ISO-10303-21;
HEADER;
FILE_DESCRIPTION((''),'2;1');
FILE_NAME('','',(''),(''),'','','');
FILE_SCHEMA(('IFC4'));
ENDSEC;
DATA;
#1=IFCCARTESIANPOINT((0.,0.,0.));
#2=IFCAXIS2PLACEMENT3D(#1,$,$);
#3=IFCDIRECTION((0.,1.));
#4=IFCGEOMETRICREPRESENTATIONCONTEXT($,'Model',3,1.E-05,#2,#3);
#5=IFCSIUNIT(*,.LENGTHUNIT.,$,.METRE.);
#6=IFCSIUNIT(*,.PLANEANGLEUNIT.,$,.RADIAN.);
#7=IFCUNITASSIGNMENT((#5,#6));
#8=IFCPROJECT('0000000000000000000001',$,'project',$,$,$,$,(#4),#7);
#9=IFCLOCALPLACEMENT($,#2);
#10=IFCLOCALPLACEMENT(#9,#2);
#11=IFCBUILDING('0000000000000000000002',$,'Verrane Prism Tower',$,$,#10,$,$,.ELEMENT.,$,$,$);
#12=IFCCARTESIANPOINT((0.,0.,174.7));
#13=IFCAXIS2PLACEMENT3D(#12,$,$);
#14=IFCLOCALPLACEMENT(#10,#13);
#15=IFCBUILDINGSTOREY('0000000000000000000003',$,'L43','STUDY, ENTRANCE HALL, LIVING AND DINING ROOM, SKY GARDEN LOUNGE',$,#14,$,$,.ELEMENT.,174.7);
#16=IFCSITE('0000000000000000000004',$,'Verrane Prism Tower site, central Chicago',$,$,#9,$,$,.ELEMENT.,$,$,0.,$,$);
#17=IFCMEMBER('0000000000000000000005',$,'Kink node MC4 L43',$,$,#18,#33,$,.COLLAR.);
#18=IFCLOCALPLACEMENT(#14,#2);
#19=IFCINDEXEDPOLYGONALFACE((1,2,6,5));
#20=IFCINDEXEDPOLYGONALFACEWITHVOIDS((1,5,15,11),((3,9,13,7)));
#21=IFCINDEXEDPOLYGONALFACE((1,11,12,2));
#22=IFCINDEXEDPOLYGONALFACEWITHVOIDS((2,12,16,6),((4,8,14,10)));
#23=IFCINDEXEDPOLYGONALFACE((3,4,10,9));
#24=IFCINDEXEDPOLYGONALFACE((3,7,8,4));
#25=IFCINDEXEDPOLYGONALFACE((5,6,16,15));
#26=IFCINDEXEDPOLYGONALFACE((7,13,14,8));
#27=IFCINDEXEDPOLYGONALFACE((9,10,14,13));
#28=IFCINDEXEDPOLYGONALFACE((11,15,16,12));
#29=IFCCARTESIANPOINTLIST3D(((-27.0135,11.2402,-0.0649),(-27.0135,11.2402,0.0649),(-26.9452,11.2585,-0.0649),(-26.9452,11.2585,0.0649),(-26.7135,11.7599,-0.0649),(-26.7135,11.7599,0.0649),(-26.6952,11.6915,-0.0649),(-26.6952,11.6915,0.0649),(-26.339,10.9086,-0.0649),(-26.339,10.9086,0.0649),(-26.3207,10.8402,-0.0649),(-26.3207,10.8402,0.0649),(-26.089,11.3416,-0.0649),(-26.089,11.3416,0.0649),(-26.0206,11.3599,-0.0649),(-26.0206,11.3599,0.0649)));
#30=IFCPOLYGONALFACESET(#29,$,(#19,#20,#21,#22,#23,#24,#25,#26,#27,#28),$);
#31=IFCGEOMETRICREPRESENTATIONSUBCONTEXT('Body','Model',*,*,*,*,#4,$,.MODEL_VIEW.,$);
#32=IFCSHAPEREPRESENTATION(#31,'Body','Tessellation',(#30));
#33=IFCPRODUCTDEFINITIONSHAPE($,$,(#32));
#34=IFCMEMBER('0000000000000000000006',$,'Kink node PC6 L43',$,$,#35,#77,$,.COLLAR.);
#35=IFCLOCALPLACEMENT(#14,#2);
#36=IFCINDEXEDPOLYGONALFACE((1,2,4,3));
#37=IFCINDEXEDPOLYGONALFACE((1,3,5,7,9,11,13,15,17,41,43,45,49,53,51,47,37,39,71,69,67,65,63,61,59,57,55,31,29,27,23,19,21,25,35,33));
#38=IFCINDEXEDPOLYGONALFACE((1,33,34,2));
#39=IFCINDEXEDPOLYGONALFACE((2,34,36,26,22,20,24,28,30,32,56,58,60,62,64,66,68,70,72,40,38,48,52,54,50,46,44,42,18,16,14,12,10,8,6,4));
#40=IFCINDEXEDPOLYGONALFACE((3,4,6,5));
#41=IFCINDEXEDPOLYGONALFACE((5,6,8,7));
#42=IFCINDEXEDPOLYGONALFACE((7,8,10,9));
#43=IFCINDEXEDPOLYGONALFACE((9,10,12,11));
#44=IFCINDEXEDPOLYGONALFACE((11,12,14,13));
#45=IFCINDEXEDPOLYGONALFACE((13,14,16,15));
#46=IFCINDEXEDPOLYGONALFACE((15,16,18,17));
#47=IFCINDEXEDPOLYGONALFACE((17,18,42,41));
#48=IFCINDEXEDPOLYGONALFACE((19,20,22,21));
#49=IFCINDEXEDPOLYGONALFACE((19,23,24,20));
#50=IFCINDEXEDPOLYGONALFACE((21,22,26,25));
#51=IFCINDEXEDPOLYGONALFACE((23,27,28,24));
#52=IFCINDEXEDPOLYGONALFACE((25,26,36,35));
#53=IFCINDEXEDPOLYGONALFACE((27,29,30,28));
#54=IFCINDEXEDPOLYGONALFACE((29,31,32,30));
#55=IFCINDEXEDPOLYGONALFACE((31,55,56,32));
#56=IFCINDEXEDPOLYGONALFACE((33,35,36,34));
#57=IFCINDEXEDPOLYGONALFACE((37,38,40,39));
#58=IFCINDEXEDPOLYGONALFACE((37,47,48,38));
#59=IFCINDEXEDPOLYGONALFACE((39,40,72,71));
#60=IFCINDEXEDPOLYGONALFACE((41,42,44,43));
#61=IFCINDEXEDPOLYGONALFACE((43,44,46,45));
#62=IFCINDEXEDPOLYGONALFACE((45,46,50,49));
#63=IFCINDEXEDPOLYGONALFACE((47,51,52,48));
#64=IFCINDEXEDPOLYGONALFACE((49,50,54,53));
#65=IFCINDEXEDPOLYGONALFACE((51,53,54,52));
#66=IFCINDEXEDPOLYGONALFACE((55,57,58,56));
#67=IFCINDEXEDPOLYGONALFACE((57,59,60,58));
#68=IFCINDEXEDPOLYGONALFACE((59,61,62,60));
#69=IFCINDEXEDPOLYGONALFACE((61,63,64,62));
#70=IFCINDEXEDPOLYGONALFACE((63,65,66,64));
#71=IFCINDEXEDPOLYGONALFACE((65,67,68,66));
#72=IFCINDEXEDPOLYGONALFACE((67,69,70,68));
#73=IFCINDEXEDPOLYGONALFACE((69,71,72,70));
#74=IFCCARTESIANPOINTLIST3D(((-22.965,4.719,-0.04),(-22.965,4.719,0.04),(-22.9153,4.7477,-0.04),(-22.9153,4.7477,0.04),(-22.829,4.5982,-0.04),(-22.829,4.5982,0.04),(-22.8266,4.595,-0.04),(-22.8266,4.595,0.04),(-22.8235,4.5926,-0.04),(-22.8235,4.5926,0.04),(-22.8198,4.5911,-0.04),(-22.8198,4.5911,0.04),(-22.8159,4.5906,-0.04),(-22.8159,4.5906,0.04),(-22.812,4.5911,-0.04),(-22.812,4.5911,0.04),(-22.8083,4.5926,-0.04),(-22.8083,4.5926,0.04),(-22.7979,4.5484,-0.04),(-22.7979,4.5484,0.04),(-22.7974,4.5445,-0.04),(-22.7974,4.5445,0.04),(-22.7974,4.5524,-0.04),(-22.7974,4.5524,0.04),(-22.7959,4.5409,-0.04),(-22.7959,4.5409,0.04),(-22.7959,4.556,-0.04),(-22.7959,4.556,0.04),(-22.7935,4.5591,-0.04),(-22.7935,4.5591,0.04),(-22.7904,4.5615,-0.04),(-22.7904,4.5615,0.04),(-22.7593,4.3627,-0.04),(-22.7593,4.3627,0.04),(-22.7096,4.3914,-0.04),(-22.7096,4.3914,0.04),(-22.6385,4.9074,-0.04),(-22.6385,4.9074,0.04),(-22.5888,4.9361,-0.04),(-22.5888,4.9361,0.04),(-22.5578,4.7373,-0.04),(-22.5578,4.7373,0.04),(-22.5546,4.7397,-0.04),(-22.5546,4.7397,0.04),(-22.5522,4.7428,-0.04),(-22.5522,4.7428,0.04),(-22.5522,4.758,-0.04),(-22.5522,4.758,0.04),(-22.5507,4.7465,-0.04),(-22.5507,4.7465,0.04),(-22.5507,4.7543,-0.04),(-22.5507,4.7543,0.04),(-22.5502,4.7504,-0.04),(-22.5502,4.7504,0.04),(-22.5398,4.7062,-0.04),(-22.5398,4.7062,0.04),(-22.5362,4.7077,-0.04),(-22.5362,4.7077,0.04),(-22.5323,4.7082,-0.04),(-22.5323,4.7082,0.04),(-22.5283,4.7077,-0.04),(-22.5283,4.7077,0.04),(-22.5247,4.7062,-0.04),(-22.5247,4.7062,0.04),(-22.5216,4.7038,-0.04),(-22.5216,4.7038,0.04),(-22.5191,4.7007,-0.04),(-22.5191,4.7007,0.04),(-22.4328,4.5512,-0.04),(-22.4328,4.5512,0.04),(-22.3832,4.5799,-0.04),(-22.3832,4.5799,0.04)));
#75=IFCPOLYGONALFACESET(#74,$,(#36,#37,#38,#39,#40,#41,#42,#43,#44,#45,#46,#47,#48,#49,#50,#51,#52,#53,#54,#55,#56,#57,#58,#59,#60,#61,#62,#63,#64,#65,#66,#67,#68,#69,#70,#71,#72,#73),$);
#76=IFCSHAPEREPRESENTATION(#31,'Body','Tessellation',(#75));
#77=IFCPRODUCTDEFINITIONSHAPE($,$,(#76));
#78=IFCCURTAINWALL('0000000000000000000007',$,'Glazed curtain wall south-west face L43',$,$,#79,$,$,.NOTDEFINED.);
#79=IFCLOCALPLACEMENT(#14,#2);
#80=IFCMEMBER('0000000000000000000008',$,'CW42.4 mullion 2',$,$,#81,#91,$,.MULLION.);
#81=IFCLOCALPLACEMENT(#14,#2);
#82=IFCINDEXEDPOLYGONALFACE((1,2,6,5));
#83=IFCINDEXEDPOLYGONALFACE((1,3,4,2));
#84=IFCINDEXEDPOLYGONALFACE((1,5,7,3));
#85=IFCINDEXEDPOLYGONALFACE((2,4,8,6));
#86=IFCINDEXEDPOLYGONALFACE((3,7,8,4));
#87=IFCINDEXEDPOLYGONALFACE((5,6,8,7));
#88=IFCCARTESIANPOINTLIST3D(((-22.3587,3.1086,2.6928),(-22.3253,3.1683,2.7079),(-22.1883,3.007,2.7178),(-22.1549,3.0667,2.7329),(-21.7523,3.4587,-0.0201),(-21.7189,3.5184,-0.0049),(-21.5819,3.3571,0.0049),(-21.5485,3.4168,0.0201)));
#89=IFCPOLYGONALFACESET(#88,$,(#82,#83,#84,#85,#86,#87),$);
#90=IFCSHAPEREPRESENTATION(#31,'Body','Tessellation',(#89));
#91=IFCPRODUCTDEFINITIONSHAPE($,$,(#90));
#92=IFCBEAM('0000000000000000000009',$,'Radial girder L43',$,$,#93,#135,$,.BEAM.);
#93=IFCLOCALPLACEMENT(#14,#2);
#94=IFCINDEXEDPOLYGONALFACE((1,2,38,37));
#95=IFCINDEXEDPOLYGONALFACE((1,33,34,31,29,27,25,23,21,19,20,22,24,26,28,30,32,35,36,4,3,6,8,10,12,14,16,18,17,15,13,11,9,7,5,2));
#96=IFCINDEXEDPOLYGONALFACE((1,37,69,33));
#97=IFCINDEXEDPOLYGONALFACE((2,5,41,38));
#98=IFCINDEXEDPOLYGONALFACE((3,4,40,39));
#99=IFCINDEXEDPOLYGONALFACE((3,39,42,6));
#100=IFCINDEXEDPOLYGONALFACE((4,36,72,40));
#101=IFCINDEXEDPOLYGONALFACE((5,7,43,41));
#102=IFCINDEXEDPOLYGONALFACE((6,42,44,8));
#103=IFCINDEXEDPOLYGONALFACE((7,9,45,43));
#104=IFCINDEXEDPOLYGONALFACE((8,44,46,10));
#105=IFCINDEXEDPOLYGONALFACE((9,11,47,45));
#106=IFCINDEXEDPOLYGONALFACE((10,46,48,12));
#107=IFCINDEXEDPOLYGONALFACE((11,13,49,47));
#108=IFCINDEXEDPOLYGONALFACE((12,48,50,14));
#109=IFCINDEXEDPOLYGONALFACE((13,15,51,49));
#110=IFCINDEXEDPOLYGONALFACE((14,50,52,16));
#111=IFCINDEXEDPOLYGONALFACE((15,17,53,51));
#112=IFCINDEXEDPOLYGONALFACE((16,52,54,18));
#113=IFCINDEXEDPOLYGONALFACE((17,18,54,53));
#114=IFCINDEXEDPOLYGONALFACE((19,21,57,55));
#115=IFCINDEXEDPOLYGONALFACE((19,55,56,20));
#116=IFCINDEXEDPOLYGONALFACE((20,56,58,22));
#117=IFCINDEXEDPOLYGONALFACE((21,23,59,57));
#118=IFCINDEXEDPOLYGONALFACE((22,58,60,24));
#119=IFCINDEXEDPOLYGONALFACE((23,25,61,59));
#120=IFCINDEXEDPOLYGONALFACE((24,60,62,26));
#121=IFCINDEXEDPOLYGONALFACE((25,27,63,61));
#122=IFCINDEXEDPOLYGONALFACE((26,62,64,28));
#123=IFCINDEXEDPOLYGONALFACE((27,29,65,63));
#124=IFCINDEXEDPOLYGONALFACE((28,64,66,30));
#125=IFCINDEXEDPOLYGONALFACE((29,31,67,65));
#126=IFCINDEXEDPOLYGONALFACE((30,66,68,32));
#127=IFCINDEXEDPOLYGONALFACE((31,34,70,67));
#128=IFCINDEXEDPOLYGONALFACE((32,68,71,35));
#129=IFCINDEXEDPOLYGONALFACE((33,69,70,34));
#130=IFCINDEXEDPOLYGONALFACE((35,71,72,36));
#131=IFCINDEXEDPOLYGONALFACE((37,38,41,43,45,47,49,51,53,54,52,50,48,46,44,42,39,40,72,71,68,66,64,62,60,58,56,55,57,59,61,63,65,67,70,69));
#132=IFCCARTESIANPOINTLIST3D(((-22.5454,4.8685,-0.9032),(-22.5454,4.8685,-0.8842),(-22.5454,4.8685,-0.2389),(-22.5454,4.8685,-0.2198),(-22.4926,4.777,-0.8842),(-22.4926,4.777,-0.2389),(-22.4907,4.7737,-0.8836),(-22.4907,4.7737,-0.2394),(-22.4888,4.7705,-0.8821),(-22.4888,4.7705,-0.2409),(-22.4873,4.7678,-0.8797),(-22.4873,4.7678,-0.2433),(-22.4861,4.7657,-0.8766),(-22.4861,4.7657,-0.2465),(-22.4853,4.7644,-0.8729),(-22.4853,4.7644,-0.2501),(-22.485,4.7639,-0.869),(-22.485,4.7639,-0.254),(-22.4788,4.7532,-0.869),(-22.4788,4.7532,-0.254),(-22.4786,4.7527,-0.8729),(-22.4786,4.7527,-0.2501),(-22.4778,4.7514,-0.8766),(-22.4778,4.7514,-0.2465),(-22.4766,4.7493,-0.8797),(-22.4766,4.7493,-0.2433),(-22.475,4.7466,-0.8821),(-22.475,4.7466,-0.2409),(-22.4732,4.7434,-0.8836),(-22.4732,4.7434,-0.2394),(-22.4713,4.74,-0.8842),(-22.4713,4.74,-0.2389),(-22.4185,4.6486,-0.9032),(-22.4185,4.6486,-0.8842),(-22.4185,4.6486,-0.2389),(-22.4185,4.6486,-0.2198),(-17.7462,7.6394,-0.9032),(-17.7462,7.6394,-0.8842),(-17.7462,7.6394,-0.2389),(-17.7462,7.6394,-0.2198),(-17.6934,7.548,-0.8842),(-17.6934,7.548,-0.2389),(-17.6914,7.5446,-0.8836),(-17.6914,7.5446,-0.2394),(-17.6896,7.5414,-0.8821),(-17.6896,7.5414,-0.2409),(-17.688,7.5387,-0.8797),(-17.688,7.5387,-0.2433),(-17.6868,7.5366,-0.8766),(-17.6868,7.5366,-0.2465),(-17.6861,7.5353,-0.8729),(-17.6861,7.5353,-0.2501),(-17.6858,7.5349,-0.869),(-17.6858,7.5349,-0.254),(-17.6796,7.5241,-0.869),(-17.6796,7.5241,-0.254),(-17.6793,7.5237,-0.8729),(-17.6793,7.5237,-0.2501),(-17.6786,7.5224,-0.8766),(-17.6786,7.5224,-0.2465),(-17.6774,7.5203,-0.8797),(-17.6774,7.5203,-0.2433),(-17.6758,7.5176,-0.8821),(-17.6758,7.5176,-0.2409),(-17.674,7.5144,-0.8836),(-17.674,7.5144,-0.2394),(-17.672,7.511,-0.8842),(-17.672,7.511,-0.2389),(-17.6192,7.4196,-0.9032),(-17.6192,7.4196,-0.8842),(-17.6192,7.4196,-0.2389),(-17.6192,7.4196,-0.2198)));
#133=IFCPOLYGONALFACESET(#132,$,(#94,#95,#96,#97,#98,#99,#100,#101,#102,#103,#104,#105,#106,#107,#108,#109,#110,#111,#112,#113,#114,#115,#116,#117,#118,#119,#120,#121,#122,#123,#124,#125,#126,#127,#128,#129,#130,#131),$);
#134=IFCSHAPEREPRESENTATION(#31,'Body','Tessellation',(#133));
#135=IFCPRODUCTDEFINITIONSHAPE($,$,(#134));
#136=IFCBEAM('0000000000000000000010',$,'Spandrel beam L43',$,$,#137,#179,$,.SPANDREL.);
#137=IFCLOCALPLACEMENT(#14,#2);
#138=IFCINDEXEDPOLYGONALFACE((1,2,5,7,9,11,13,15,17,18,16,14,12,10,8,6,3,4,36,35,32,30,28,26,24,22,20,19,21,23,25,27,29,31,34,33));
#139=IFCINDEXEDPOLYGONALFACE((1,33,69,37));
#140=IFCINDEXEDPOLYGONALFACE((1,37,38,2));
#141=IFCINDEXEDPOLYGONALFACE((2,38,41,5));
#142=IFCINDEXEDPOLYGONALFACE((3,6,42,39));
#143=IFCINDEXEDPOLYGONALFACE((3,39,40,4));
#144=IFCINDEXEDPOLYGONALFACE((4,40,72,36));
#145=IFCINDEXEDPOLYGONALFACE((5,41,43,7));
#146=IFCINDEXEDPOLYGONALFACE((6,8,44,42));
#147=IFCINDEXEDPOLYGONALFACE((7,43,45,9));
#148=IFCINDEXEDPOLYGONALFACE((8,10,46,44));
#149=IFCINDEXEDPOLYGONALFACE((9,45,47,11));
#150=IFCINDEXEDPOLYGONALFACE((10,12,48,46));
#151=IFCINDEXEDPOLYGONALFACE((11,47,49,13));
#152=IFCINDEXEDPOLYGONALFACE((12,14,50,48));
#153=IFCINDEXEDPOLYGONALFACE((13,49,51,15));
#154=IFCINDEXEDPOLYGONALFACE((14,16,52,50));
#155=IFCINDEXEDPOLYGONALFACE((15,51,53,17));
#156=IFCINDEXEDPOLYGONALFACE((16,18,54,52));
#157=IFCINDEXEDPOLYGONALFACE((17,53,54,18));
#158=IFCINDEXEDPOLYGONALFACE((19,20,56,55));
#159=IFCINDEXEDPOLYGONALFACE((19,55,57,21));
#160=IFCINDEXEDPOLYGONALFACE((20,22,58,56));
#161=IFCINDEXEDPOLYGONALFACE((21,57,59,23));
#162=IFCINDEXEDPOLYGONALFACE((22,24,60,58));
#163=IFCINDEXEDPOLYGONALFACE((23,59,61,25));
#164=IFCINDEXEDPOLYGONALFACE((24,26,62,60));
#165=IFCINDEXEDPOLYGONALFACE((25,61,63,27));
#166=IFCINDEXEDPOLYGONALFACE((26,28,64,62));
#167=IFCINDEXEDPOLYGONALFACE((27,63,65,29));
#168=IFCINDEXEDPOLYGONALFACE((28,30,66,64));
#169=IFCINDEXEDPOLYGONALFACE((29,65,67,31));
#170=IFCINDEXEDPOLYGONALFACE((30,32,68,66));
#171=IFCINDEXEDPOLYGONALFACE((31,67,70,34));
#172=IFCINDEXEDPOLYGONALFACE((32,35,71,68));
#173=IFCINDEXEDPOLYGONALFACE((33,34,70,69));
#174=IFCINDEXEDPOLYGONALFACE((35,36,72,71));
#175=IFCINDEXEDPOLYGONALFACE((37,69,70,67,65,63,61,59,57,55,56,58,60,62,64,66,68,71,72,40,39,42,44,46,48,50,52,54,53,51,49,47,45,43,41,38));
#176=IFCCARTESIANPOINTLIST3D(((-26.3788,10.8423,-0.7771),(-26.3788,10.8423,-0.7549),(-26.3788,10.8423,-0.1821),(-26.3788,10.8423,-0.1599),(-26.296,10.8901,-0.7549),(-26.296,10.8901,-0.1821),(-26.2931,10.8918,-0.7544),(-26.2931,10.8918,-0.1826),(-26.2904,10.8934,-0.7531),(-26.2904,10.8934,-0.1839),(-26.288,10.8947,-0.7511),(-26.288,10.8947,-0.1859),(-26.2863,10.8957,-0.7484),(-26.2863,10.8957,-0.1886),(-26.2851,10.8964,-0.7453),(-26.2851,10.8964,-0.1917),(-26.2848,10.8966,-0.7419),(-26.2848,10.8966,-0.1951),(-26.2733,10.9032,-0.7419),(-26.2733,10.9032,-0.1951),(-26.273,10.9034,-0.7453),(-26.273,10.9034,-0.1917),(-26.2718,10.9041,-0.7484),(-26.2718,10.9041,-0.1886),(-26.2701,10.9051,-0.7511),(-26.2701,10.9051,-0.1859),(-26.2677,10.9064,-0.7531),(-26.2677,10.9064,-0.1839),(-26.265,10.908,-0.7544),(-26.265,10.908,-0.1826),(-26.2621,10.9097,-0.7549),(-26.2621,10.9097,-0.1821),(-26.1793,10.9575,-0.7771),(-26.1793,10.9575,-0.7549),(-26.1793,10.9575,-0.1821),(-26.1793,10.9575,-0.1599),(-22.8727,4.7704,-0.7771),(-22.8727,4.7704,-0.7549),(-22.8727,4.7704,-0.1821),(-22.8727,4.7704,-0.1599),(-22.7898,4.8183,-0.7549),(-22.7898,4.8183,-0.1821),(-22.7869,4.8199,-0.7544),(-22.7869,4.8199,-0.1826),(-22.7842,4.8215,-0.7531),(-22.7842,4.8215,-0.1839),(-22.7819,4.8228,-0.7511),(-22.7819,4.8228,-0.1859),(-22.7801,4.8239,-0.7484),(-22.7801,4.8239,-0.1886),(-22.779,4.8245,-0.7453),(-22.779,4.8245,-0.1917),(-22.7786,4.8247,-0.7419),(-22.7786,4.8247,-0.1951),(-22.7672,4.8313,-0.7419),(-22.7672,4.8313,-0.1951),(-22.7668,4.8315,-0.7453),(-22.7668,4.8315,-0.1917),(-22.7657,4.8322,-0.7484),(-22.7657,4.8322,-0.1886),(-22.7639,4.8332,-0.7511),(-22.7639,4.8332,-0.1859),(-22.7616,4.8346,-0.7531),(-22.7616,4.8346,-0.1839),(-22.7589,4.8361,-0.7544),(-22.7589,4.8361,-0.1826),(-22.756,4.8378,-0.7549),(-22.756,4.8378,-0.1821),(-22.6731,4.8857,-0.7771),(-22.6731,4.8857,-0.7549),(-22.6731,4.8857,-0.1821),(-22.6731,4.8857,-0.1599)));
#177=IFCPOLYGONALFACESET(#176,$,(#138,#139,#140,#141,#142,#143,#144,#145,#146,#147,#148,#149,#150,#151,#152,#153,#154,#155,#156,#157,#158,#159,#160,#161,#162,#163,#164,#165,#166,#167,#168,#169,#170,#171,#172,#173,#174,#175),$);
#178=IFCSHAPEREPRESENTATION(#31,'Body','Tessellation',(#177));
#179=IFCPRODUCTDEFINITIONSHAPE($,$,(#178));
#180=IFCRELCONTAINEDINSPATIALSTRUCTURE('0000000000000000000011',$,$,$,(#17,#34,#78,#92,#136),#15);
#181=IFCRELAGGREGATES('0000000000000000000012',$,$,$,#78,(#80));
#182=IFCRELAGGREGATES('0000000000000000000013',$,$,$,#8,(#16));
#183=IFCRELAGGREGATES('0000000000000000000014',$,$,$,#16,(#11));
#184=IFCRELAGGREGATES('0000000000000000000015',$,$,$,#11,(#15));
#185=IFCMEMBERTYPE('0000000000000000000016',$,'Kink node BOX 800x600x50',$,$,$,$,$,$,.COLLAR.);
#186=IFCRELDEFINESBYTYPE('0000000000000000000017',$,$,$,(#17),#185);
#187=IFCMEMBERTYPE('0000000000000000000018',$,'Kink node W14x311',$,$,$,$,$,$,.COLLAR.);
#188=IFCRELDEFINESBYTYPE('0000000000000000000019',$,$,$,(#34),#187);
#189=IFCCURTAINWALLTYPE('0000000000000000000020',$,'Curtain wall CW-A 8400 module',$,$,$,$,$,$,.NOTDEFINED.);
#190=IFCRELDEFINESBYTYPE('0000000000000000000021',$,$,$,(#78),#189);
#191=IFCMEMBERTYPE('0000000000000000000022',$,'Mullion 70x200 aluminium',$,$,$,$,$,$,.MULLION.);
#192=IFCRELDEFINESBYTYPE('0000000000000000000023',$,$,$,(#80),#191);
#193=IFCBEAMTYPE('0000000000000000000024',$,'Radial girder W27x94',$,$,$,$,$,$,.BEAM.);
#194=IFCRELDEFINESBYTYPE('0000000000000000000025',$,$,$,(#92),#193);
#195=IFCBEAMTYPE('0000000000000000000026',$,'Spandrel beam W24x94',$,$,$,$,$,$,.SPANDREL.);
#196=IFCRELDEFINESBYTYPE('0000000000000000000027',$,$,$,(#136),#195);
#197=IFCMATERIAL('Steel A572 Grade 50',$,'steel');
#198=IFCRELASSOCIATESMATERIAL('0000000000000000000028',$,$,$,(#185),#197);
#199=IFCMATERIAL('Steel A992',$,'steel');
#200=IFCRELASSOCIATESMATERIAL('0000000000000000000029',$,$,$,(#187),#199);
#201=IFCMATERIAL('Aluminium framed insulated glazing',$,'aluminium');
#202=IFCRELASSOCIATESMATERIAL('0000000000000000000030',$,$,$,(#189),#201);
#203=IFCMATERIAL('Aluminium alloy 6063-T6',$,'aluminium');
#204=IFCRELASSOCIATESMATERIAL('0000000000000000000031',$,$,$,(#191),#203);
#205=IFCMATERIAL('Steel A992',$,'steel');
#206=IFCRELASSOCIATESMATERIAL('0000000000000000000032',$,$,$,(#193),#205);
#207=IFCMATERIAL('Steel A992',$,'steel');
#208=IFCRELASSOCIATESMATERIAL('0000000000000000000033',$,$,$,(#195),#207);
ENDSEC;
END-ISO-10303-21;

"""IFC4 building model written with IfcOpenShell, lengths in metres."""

from ifc_helpers import new_model, si_unit, direction, frame, origin, origin_2d, place, context, subcontext, project, spatial, rectangle, hollow_rectangle, i_section, extrude, material, material_profile, profile_set, type_object, element, aggregate, save


model = new_model("IFC4")

# Units and contexts
model_context = context("Model", 3, precision=1e-05, world=origin(), true_north=direction((0.0, 1.0)))
body_context = subcontext(model_context, "Body", "Model", "MODEL_VIEW")
ifc_project = project(units=[si_unit("LENGTHUNIT", "METRE"), si_unit("PLANEANGLEUNIT", "RADIAN")], contexts=[model_context])

# Site, building, storey
site_placement = place(None, origin())
site = spatial("IfcSite", under=ifc_project, at=site_placement, Name="Verrane Prism Tower site, central Chicago", CompositionType="ELEMENT", RefElevation=0.0)
building_placement = place(site_placement, origin())
building = spatial("IfcBuilding", under=site, at=building_placement, Name="Verrane Prism Tower", CompositionType="ELEMENT")
storey_placement = place(building_placement, frame((0.0, 0.0, 174.7)))
storey = spatial("IfcBuildingStorey", under=building, at=storey_placement, Name="L43", Description="STUDY, ENTRANCE HALL, LIVING AND DINING ROOM, SKY GARDEN LOUNGE", CompositionType="ELEMENT", Elevation=174.7)

# Members
ifc_material_1 = material(Name="Steel A572 Grade 50", Category="steel")
ifc_material_profile_1 = material_profile(ifc_material_1, hollow_rectangle(XDim=0.6001, YDim=0.8, WallThickness=0.05, at=origin_2d()), Name="BOX 800x600x50")
ifc_profile_set_1 = profile_set([ifc_material_profile_1], Name="Steel A572 Grade 50")
member_type_1 = type_object("IfcMemberType", Name="Kink node BOX 800x600x50", PredefinedType="COLLAR", material=ifc_profile_set_1)
member_1_placement = place(storey_placement, frame((-26.5171, 11.3, -0.0649), z_axis=(0.0, 0.0, 1.0), x_axis=(0.5, 0.866025, 0.0)))
element("IfcMember", 1, at=member_1_placement, inside=storey, type_object=member_type_1, Name="Kink node MC4 L43", PredefinedType="COLLAR", context=body_context, shape_type="SweptSolid", body=[
    extrude(hollow_rectangle(XDim=0.6001, YDim=0.8, WallThickness=0.05, at=origin_2d()), origin(), (0.0, 0.0, 1.0), 0.1299),
])
ifc_material_2 = material(Name="Steel A992", Category="steel")
ifc_material_profile_2 = material_profile(ifc_material_2, i_section(OverallWidth=0.4114, OverallDepth=0.4343, WebThickness=0.0359, FlangeThickness=0.0574, FilletRadius=0.0151, at=origin_2d()), Name="W14x311")
ifc_profile_set_2 = profile_set([ifc_material_profile_2], Name="Steel A992")
member_type_2 = type_object("IfcMemberType", Name="Kink node W14x311", PredefinedType="COLLAR", material=ifc_profile_set_2)
member_2_placement = place(storey_placement, frame((-22.6741, 4.6494, -0.04), z_axis=(0.0, 0.0, 1.0), x_axis=(-0.5, 0.866025, 0.0)))
element("IfcMember", 2, at=member_2_placement, inside=storey, type_object=member_type_2, Name="Kink node PC6 L43", PredefinedType="COLLAR", context=body_context, shape_type="SweptSolid", body=[
    extrude(i_section(OverallWidth=0.4114, OverallDepth=0.4343, WebThickness=0.0359, FlangeThickness=0.0574, FilletRadius=0.0151, at=origin_2d()), origin(), (0.0, 0.0, 1.0), 0.0801),
])

# Curtain wall, member
ifc_material_3 = material(Name="Aluminium framed insulated glazing", Category="aluminium")
curtain_wall_type = type_object("IfcCurtainWallType", Name="Curtain wall CW-A 8400 module", PredefinedType="NOTDEFINED", material=ifc_material_3)
curtain_wall_placement = place(storey_placement, origin())
curtain_wall = element("IfcCurtainWall", 3, at=curtain_wall_placement, inside=storey, type_object=curtain_wall_type, Name="Glazed curtain wall south-west face L43", PredefinedType="NOTDEFINED")
ifc_material_4 = material(Name="Aluminium alloy 6063-T6", Category="aluminium")
ifc_material_profile_3 = material_profile(ifc_material_4, rectangle(XDim=0.2, YDim=0.0701, at=origin_2d()), Name="Mullion 70x200 aluminium")
ifc_profile_set_3 = profile_set([ifc_material_profile_3], Name="Aluminium alloy 6063-T6")
member_type_3 = type_object("IfcMemberType", Name="Mullion 70x200 aluminium", PredefinedType="MULLION", material=ifc_profile_set_3)
member_3_placement = place(storey_placement, frame((-21.6504, 3.4377, 0.0), z_axis=(-0.216448, -0.124954, 0.968265), x_axis=(0.852262, -0.50797, 0.124963)))
member_3 = element("IfcMember", 4, at=member_3_placement, type_object=member_type_3, Name="CW42.4 mullion 2", PredefinedType="MULLION", context=body_context, shape_type="SweptSolid", body=[
    extrude(rectangle(XDim=0.2, YDim=0.0701, at=origin_2d()), origin(), (0.0, 0.0, 1.0), 2.8018),
])

# Beams
ifc_material_5 = material(Name="Steel A992", Category="steel")
ifc_material_profile_4 = material_profile(ifc_material_5, i_section(OverallWidth=0.2539, OverallDepth=0.6833, WebThickness=0.0125, FlangeThickness=0.019, FilletRadius=0.0151, at=origin_2d()), Name="W27x94")
ifc_profile_set_4 = profile_set([ifc_material_profile_4], Name="Steel A992")
beam_type_1 = type_object("IfcBeamType", Name="Radial girder W27x94", PredefinedType="BEAM", material=ifc_profile_set_4)
beam_1_placement = place(storey_placement, frame((-22.4819, 4.7585, -0.5615), z_axis=(0.866017, 0.500015, 0.0), x_axis=(-0.500015, 0.866017, 0.0)))
element("IfcBeam", 5, at=beam_1_placement, inside=storey, type_object=beam_type_1, Name="Radial girder L43", PredefinedType="BEAM", context=body_context, shape_type="SweptSolid", body=[
    extrude(i_section(OverallWidth=0.2539, OverallDepth=0.6833, WebThickness=0.0125, FlangeThickness=0.019, FilletRadius=0.0151, at=origin_2d()), origin(), (0.0, 0.0, 1.0), 5.5417),
])
ifc_material_6 = material(Name="Steel A992", Category="steel")
ifc_material_profile_5 = material_profile(ifc_material_6, i_section(OverallWidth=0.2305, OverallDepth=0.6172, WebThickness=0.0132, FlangeThickness=0.0222, FilletRadius=0.0129, at=origin_2d()), Name="W24x94")
ifc_profile_set_5 = profile_set([ifc_material_profile_5], Name="Steel A992")
beam_type_2 = type_object("IfcBeamType", Name="Spandrel beam W24x94", PredefinedType="SPANDREL", material=ifc_profile_set_5)
beam_2_placement = place(storey_placement, frame((-26.2791, 10.8999, -0.4685), z_axis=(0.50006, -0.865991, 0.0), x_axis=(0.865991, 0.50006, 0.0)))
element("IfcBeam", 6, at=beam_2_placement, inside=storey, type_object=beam_type_2, Name="Spandrel beam L43", PredefinedType="SPANDREL", context=body_context, shape_type="SweptSolid", body=[
    extrude(i_section(OverallWidth=0.2305, OverallDepth=0.6172, WebThickness=0.0132, FlangeThickness=0.0222, FilletRadius=0.0129, at=origin_2d()), origin(), (0.0, 0.0, 1.0), 7.0115),
])

aggregate(curtain_wall, [member_3])

save(model, "model.ifc")
